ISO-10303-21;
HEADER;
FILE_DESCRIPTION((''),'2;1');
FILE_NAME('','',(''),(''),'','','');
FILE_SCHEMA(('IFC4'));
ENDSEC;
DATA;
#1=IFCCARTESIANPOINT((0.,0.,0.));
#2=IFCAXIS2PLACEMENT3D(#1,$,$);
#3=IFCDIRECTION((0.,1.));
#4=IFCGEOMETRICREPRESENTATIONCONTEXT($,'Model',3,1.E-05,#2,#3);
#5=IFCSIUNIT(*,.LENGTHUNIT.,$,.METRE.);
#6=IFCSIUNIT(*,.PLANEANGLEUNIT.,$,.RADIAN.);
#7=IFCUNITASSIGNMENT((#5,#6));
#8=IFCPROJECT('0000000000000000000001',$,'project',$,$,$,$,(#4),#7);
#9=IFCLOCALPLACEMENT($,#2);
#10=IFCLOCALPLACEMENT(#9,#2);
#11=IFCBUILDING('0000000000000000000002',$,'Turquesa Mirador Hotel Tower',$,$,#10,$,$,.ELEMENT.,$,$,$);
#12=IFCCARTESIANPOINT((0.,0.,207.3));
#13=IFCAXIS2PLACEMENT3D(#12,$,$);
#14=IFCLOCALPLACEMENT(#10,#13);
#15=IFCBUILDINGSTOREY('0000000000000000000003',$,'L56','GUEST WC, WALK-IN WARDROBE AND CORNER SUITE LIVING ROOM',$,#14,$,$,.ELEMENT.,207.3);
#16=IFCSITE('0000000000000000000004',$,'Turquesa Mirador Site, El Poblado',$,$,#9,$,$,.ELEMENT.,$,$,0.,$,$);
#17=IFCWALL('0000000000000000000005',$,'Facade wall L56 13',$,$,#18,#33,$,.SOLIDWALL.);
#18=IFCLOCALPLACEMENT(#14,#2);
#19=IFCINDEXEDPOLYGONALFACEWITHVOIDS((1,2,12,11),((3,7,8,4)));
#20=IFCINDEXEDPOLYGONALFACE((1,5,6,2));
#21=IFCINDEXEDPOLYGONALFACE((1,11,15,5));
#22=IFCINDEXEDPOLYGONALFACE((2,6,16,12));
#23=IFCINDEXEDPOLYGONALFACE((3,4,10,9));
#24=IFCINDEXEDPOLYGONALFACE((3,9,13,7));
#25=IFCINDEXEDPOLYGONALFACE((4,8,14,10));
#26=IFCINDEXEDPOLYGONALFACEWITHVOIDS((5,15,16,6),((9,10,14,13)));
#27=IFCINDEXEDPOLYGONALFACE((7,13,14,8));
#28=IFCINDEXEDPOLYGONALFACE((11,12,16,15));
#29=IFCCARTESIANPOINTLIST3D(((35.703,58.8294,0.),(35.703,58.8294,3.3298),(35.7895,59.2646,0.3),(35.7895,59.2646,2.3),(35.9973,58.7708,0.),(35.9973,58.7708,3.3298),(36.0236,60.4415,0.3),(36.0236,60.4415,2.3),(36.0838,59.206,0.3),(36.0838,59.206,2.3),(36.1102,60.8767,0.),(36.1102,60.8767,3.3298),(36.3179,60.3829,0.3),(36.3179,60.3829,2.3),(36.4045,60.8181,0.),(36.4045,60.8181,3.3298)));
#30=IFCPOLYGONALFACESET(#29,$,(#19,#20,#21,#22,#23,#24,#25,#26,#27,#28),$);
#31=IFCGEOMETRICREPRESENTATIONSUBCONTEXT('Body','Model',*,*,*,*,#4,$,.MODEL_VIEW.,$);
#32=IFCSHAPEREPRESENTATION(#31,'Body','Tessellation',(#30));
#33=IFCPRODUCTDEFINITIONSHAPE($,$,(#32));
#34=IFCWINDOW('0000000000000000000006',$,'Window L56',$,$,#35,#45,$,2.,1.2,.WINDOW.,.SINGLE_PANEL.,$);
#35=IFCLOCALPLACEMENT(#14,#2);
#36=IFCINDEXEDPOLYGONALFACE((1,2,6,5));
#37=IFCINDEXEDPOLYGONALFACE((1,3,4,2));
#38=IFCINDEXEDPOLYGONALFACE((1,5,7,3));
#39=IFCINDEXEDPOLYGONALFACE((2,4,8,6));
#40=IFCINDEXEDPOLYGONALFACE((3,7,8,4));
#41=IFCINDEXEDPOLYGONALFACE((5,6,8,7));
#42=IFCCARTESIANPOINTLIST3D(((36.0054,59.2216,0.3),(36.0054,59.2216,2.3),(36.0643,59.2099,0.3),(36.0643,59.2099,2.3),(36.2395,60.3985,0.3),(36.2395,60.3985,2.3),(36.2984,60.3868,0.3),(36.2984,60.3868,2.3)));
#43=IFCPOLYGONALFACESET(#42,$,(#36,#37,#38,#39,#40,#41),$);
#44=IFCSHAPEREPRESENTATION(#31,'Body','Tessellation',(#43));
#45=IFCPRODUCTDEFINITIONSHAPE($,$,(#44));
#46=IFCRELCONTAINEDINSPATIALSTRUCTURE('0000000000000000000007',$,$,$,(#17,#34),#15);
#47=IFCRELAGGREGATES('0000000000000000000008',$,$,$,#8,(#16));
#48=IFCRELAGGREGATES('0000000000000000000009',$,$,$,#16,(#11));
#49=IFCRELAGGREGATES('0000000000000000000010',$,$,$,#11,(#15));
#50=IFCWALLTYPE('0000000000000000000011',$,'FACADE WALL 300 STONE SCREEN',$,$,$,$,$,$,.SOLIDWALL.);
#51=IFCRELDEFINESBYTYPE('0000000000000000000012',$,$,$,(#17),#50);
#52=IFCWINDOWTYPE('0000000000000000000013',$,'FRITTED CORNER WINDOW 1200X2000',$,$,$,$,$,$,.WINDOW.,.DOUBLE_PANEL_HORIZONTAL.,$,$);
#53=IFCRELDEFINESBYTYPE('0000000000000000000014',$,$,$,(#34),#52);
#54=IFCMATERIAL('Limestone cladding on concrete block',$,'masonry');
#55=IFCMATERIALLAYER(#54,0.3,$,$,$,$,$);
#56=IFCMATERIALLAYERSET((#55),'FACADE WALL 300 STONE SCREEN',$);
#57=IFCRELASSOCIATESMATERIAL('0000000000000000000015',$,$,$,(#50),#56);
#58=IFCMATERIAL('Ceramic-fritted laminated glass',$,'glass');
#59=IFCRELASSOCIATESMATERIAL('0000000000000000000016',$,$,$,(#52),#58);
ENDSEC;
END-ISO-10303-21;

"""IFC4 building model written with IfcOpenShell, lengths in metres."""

from ifc_helpers import new_model, si_unit, direction, frame, frame_2d, origin, place, context, subcontext, project, spatial, rectangle, extrude, material, layer, layer_set, type_object, element, fill, save


model = new_model("IFC4")

# Units and contexts
model_context = context("Model", 3, precision=1e-05, world=origin(), true_north=direction((0.0, 1.0)))
body_context = subcontext(model_context, "Body", "Model", "MODEL_VIEW")
ifc_project = project(units=[si_unit("LENGTHUNIT", "METRE"), si_unit("PLANEANGLEUNIT", "RADIAN")], contexts=[model_context])

# Site, building, storey
site_placement = place(None, origin())
site = spatial("IfcSite", under=ifc_project, at=site_placement, Name="Turquesa Mirador Site, El Poblado", CompositionType="ELEMENT", RefElevation=0.0)
building_placement = place(site_placement, origin())
building = spatial("IfcBuilding", under=site, at=building_placement, Name="Turquesa Mirador Hotel Tower", CompositionType="ELEMENT")
storey_placement = place(building_placement, frame((0.0, 0.0, 207.3)))
storey = spatial("IfcBuildingStorey", under=building, at=storey_placement, Name="L56", Description="GUEST WC, WALK-IN WARDROBE AND CORNER SUITE LIVING ROOM", CompositionType="ELEMENT", Elevation=207.3)

# Wall, opening, window
ifc_material_1 = material(Name="Limestone cladding on concrete block", Category="masonry")
ifc_layer = layer(ifc_material_1, 0.3)
ifc_layer_set = layer_set([ifc_layer], Name="FACADE WALL 300 STONE SCREEN")
wall_type = type_object("IfcWallType", Name="FACADE WALL 300 STONE SCREEN", PredefinedType="SOLIDWALL", material=ifc_layer_set)
ifc_material_2 = material(Name="Ceramic-fritted laminated glass", Category="glass")
window_type_1 = type_object("IfcWindowType", Name="FRITTED CORNER WINDOW 1200X2000", PartitioningType="DOUBLE_PANEL_HORIZONTAL", PredefinedType="WINDOW", material=ifc_material_2)
wall_1_placement = place(storey_placement, frame((36.2573, 60.8474, 0.0), z_axis=(0.0, 0.0, 1.0), x_axis=(-0.195081, -0.980787, 0.0)))
wall_1 = element("IfcWall", 1, at=wall_1_placement, inside=storey, type_object=wall_type, Name="Facade wall L56 13", PredefinedType="SOLIDWALL", context=body_context, shape_type="SweptSolid", body=[
    extrude(rectangle(XDim=2.0874, YDim=0.3, at=frame_2d((1.0437, 0.0))), origin(), (0.0, 0.0, 1.0), 3.3298),
])
opening_1_placement = place(wall_1_placement, frame((0.4436, 0.0, 0.3)))
opening_1 = element("IfcOpeningElement", 2, at=opening_1_placement, cuts=wall_1, PredefinedType="OPENING", context=body_context, shape_type="SweptSolid", body=[
    extrude(rectangle(XDim=1.2, YDim=2.0, at=frame_2d((0.6001, 1.0))), frame((0.0, 0.1599, 0.0), z_axis=(0.0, -1.0, 0.0), x_axis=(1.0, 0.0, 0.0)), (0.0, 0.0, 1.0), 0.3201),
])
window_1_placement = place(opening_1_placement, origin())
window_1 = element("IfcWindow", 3, at=window_1_placement, inside=storey, type_object=window_type_1, Name="Window L56", OverallHeight=2.0, OverallWidth=1.2, PartitioningType="SINGLE_PANEL", PredefinedType="WINDOW", context=body_context, shape_type="SweptSolid", body=[
    extrude(rectangle(XDim=1.2, YDim=2.0, at=frame_2d((0.6001, 1.0))), frame((0.0, 0.1301, 0.0), z_axis=(0.0, -1.0, 0.0), x_axis=(1.0, 0.0, 0.0)), (0.0, 0.0, 1.0), 0.0601),
])
fill(opening_1, window_1)

save(model, "model.ifc")
